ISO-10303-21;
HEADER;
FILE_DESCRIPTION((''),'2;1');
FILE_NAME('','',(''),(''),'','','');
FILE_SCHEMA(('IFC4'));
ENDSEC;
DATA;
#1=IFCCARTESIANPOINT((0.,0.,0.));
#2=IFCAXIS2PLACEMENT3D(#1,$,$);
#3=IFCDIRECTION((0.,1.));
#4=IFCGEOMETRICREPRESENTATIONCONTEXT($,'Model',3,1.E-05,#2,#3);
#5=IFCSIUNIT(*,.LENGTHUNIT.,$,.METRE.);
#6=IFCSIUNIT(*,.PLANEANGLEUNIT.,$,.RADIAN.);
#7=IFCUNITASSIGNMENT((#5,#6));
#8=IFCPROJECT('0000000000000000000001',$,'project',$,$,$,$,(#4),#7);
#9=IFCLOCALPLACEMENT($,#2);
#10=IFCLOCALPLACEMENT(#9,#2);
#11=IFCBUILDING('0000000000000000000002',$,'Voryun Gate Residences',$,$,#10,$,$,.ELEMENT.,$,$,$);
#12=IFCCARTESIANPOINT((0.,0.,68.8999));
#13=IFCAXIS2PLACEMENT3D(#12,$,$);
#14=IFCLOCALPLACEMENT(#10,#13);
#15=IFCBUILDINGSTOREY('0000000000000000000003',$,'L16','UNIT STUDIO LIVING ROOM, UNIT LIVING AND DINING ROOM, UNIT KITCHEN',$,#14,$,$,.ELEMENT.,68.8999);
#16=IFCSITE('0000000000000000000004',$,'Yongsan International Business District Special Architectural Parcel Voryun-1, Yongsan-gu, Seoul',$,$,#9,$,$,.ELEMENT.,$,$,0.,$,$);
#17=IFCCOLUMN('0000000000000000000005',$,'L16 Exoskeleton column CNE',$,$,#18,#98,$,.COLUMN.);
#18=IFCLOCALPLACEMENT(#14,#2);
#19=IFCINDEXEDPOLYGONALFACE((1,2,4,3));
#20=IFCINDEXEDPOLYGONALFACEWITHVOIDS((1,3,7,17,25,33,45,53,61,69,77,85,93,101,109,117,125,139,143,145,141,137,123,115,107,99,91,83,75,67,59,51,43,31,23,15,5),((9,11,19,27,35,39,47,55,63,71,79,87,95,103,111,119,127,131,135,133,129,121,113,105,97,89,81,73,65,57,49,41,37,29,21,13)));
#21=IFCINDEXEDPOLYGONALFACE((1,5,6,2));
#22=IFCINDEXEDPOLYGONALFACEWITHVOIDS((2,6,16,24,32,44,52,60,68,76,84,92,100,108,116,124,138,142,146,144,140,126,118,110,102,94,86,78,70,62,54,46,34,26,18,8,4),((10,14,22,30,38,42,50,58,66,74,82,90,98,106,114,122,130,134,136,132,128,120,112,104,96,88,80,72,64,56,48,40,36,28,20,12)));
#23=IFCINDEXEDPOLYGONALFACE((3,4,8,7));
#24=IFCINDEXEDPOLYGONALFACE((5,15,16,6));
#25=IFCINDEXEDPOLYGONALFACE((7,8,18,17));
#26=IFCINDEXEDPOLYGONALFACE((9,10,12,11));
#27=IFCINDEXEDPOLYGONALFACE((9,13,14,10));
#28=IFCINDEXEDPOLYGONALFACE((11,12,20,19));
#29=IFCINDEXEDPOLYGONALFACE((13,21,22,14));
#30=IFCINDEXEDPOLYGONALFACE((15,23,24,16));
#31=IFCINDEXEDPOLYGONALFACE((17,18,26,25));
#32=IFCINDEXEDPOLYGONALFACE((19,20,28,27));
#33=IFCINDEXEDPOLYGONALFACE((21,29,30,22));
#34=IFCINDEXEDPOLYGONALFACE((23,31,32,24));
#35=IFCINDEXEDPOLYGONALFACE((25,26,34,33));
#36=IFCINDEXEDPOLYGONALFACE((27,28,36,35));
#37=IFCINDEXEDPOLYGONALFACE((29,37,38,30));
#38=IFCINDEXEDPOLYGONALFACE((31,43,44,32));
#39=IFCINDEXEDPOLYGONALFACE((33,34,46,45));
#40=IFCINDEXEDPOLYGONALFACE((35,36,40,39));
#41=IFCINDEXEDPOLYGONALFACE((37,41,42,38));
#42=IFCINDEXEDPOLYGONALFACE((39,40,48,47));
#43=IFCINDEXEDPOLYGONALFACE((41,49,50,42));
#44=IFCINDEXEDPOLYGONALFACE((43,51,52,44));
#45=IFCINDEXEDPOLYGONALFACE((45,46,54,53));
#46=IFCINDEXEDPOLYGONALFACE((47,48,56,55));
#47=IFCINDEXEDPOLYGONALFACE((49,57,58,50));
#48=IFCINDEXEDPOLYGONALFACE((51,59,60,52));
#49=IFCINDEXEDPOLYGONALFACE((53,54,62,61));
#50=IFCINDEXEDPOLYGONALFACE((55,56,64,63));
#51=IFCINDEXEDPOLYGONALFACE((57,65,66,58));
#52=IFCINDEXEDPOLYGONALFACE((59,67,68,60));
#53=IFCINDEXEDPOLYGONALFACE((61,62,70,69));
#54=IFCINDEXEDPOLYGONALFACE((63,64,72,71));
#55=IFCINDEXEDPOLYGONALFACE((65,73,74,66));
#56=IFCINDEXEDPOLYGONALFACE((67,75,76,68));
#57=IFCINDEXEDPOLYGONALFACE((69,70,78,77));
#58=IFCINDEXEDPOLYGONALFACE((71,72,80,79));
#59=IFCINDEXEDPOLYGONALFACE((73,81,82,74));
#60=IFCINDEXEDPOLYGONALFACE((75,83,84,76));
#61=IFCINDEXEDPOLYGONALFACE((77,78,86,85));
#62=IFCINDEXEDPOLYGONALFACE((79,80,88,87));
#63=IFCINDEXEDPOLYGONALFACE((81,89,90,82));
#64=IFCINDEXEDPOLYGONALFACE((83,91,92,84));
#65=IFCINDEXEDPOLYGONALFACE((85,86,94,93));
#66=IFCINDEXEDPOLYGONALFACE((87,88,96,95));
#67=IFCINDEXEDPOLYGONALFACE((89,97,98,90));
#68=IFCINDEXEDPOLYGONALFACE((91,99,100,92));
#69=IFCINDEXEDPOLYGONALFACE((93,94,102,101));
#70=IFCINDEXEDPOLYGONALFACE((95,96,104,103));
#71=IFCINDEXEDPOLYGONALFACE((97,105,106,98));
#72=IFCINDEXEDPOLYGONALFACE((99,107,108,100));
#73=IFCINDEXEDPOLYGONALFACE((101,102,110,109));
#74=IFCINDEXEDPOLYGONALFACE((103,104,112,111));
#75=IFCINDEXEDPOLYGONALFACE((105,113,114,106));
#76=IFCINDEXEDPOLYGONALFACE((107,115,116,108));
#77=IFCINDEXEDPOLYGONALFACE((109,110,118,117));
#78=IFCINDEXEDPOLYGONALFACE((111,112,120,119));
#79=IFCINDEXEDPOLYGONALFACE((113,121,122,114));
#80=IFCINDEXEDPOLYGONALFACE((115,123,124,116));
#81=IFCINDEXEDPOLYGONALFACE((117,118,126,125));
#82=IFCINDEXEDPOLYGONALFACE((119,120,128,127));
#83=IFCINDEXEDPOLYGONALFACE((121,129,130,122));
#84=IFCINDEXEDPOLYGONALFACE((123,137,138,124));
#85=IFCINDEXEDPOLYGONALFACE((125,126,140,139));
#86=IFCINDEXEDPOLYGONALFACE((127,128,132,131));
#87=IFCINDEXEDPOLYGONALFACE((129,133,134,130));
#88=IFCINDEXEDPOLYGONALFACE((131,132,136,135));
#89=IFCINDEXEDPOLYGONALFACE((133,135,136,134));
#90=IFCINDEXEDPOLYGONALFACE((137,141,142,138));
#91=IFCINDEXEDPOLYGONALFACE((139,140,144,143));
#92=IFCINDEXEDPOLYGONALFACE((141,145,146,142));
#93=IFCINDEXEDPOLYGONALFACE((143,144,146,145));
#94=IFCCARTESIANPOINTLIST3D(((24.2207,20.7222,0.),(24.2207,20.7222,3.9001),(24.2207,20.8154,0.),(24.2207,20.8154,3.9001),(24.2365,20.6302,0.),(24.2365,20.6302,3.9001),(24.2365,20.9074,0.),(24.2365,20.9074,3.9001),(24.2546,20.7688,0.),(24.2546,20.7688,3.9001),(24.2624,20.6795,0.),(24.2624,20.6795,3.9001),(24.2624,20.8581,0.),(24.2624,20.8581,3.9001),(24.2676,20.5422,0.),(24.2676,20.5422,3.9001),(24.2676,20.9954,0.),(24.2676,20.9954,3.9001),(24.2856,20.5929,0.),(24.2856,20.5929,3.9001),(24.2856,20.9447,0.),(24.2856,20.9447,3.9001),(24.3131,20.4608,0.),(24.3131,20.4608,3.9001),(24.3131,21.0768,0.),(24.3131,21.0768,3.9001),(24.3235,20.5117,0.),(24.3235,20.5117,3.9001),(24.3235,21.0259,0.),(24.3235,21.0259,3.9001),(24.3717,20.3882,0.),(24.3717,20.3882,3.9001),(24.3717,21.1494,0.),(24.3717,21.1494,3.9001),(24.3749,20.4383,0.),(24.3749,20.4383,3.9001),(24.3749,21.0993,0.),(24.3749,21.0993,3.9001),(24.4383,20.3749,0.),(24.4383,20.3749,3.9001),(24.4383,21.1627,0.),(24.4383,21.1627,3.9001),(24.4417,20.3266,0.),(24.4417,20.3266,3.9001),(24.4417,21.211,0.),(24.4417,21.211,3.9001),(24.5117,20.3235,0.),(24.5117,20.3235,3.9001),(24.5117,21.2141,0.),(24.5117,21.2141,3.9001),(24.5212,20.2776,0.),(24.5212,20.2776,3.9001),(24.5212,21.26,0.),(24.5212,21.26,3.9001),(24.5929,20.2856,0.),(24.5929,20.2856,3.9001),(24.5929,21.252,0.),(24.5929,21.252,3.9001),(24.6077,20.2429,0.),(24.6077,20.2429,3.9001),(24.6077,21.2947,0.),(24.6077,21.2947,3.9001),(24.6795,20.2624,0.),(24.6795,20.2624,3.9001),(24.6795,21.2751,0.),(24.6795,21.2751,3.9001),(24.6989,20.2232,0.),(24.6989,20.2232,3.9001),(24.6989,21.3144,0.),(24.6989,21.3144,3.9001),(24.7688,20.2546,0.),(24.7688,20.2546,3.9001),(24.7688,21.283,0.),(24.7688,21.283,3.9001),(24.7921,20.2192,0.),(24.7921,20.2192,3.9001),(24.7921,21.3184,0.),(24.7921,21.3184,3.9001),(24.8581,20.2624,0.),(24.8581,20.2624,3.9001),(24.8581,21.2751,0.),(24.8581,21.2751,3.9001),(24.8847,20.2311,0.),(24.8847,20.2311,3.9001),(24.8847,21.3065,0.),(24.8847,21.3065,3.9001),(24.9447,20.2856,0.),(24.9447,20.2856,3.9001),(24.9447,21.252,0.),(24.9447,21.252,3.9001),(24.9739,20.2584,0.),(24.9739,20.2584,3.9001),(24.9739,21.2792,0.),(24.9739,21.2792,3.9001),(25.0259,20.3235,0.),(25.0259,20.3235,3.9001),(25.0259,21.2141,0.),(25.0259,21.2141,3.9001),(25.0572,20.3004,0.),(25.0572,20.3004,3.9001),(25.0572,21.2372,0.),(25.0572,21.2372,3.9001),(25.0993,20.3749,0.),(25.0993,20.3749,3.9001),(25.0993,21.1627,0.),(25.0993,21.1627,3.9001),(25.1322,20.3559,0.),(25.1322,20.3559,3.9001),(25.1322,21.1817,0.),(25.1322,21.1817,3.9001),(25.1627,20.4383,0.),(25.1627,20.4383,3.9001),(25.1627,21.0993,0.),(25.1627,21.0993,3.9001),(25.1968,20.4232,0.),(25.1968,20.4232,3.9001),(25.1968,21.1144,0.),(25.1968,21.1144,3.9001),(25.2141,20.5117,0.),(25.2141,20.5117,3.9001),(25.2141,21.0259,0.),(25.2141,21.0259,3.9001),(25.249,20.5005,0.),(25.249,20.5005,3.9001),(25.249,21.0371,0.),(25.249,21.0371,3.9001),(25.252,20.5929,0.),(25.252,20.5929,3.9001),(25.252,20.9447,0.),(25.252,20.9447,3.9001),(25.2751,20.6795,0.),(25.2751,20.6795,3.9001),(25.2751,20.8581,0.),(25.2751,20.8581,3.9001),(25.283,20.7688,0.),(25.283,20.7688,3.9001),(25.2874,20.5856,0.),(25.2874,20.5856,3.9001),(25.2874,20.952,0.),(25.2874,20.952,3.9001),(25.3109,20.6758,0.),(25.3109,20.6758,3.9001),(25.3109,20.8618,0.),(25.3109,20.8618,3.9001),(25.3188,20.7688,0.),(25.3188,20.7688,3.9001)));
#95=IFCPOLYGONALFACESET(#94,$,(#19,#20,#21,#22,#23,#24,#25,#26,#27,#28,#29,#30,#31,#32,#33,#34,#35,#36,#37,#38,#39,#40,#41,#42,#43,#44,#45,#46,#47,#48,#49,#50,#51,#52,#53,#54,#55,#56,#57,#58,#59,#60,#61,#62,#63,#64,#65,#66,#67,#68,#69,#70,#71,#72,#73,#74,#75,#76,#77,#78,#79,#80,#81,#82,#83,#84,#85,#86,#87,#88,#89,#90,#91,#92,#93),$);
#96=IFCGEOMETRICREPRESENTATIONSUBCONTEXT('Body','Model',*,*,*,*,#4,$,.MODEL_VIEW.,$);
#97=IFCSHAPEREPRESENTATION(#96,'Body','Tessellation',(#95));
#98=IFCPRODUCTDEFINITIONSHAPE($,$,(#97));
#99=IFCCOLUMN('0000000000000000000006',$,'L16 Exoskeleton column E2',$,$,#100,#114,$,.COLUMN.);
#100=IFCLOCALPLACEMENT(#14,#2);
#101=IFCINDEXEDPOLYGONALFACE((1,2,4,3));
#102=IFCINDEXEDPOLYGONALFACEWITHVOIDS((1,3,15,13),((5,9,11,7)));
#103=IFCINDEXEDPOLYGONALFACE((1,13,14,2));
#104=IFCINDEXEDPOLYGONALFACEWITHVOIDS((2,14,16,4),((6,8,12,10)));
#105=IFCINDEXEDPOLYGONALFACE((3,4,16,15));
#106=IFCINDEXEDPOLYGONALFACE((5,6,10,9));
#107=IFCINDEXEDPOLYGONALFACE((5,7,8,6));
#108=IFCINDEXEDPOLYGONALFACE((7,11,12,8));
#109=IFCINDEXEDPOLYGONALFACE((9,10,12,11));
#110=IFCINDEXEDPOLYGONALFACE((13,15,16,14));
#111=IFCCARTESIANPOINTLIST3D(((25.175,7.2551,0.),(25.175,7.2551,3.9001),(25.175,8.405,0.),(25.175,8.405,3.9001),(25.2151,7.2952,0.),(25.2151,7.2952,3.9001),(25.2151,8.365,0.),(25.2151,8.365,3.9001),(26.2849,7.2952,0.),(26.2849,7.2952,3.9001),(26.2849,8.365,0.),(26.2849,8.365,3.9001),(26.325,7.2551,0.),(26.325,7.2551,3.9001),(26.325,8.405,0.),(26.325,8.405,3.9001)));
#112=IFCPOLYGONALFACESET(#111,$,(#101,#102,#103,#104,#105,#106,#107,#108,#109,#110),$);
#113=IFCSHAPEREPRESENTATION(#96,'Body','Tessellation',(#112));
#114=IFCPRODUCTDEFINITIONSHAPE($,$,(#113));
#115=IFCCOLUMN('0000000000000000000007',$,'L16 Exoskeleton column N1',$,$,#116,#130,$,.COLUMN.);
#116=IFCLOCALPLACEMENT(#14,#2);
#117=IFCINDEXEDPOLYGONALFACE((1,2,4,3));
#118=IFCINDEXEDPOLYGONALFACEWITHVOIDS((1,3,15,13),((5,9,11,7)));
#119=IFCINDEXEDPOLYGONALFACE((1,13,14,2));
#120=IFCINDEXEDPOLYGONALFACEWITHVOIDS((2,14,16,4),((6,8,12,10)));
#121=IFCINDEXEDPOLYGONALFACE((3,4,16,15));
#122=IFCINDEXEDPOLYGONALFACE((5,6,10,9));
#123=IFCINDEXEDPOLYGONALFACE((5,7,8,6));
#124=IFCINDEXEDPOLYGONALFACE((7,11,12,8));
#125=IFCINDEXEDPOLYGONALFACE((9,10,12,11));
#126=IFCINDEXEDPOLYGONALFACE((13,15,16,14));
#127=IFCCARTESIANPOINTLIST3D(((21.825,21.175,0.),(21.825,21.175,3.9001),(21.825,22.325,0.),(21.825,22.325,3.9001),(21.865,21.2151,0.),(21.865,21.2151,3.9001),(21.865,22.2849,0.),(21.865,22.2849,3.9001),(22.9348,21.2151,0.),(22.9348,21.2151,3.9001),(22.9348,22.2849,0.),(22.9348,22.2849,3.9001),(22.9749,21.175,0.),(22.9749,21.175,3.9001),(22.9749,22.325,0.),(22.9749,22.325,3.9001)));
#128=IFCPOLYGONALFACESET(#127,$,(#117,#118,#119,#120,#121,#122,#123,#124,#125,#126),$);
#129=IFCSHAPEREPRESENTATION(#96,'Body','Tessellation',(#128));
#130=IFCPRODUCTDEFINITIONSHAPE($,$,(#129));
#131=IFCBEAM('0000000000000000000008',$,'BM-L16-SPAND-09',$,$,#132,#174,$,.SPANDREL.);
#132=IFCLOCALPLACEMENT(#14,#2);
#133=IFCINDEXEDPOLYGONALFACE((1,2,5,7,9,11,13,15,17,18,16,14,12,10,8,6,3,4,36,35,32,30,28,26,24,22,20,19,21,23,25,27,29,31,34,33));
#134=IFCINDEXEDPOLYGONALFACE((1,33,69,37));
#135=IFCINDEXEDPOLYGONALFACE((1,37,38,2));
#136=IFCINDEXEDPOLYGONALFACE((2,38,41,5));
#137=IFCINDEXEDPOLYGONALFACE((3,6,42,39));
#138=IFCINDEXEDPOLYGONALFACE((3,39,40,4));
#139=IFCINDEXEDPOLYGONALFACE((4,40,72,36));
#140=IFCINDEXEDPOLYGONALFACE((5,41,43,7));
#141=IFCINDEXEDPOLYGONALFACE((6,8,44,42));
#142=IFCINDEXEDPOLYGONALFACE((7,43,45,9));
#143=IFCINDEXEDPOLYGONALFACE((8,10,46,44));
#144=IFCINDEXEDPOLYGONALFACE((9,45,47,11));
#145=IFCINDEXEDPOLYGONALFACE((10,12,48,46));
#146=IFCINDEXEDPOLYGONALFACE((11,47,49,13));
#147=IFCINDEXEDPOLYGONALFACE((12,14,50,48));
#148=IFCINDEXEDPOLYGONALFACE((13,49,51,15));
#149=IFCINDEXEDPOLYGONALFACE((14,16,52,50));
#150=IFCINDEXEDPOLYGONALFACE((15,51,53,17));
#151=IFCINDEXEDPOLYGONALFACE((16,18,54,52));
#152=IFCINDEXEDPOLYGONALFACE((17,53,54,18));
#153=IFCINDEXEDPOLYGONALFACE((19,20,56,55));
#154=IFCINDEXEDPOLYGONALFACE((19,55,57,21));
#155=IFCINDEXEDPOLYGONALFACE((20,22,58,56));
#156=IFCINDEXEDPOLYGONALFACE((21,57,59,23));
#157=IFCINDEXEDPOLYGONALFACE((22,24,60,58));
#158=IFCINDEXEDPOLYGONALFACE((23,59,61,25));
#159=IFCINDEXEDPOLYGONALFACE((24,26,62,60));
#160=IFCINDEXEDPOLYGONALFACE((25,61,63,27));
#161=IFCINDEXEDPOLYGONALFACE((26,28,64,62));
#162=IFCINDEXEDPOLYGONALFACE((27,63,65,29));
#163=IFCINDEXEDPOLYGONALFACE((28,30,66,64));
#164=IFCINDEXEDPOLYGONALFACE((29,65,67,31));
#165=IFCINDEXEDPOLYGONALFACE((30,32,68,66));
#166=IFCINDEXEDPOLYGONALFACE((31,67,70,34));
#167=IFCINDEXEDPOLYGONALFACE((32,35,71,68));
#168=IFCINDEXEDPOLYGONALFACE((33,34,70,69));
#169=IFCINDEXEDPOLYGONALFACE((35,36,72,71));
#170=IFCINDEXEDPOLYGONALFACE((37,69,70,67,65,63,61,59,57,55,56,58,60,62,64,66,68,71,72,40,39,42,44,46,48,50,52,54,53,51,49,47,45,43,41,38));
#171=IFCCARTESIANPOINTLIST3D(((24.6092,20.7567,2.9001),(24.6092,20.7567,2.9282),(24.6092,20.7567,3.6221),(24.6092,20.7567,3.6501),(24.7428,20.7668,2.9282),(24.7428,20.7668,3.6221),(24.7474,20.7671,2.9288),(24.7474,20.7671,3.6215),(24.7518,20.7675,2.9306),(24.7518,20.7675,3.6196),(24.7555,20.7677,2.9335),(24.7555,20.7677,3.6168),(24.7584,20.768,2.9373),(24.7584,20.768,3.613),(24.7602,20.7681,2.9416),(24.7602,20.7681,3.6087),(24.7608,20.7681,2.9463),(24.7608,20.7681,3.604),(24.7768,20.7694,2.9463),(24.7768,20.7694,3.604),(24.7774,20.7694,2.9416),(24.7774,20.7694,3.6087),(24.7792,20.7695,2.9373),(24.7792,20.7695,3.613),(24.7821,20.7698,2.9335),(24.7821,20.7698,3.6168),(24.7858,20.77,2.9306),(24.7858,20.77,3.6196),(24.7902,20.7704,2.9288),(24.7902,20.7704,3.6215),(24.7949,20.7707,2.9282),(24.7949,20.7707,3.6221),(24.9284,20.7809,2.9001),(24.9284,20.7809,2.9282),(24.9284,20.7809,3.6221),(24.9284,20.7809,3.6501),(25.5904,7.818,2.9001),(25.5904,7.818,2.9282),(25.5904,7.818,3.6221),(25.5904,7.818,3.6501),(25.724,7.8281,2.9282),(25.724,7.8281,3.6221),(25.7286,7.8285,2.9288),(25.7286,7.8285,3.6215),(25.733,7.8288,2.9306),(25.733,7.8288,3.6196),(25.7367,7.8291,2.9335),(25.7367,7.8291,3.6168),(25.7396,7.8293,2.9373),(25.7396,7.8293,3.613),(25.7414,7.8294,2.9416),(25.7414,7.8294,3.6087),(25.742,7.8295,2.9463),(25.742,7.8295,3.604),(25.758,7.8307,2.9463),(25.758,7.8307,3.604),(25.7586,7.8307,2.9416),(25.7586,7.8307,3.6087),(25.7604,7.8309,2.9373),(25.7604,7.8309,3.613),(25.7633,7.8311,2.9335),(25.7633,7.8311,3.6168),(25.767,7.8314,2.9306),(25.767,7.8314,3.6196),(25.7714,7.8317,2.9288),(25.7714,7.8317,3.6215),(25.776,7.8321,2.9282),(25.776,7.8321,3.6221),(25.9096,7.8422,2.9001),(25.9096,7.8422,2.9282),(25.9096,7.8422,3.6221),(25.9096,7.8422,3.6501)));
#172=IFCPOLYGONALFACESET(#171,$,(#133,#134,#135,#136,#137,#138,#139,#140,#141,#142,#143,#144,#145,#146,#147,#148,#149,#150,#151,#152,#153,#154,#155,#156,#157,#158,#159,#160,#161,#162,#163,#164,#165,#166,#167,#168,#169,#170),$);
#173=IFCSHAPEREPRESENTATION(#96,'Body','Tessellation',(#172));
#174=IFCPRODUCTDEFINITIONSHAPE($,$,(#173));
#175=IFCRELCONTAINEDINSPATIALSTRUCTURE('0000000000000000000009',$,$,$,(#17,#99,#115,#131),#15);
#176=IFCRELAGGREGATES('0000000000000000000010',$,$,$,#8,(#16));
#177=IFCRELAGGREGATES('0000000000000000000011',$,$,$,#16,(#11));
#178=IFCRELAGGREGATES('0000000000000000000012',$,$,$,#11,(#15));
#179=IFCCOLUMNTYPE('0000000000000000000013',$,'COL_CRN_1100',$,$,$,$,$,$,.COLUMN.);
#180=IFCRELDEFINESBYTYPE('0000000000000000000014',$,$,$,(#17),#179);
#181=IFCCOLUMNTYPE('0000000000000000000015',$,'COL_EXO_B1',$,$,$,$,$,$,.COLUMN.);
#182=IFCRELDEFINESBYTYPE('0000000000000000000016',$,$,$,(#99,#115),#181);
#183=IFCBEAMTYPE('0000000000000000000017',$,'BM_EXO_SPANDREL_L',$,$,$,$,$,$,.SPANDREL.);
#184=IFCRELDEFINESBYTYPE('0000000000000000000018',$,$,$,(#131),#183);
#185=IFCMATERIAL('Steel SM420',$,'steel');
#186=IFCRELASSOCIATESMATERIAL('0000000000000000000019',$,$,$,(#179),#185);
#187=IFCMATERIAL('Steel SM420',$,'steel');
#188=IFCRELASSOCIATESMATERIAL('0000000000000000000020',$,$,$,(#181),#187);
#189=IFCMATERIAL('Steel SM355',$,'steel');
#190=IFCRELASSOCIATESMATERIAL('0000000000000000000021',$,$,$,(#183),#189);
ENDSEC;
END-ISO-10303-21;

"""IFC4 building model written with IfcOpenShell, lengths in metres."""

from ifc_helpers import new_model, si_unit, direction, frame, origin, origin_2d, place, context, subcontext, project, spatial, hollow_rectangle, hollow_circle, i_section, extrude, material, material_profile, profile_set, type_object, element, save


model = new_model("IFC4")

# Units and contexts
model_context = context("Model", 3, precision=1e-05, world=origin(), true_north=direction((0.0, 1.0)))
body_context = subcontext(model_context, "Body", "Model", "MODEL_VIEW")
ifc_project = project(units=[si_unit("LENGTHUNIT", "METRE"), si_unit("PLANEANGLEUNIT", "RADIAN")], contexts=[model_context])

# Site, building, storey
site_placement = place(None, origin())
site = spatial("IfcSite", under=ifc_project, at=site_placement, Name="Yongsan International Business District Special Architectural Parcel Voryun-1, Yongsan-gu, Seoul", CompositionType="ELEMENT", RefElevation=0.0)
building_placement = place(site_placement, origin())
building = spatial("IfcBuilding", under=site, at=building_placement, Name="Voryun Gate Residences", CompositionType="ELEMENT")
storey_placement = place(building_placement, frame((0.0, 0.0, 68.8999)))
storey = spatial("IfcBuildingStorey", under=building, at=storey_placement, Name="L16", Description="UNIT STUDIO LIVING ROOM, UNIT LIVING AND DINING ROOM, UNIT KITCHEN", CompositionType="ELEMENT", Elevation=68.8999)

# Columns
ifc_material_1 = material(Name="Steel SM420", Category="steel")
ifc_material_profile_1 = material_profile(ifc_material_1, hollow_circle(Radius=0.55, WallThickness=0.0359, at=origin_2d()), Name="CHS-1100x36")
ifc_profile_set_1 = profile_set([ifc_material_profile_1], Name="Steel SM420")
column_type_1 = type_object("IfcColumnType", Name="COL_CRN_1100", PredefinedType="COLUMN", material=ifc_profile_set_1)
column_placement = place(storey_placement, frame((24.7688, 20.7688, 0.0), z_axis=(0.0, 0.0, 1.0), x_axis=(1.0, 0.0, 0.0)))
element("IfcColumn", 1, at=column_placement, inside=storey, type_object=column_type_1, Name="L16 Exoskeleton column CNE", PredefinedType="COLUMN", context=body_context, shape_type="SweptSolid", body=[
    extrude(hollow_circle(Radius=0.55, WallThickness=0.0359, at=origin_2d()), origin(), (0.0, 0.0, 1.0), 3.9001),
])
ifc_material_2 = material(Name="Steel SM420", Category="steel")
ifc_material_profile_2 = material_profile(ifc_material_2, hollow_rectangle(XDim=1.1499, YDim=1.1499, WallThickness=0.04, at=origin_2d()), Name="BOX-1150x1150x40")
ifc_profile_set_2 = profile_set([ifc_material_profile_2], Name="Steel SM420")
column_type_2 = type_object("IfcColumnType", Name="COL_EXO_B1", PredefinedType="COLUMN", material=ifc_profile_set_2)
for number, where, z_axis, x_axis, name in (
    (2, (25.75, 7.8301, 0.0), (0.0, 0.0, 1.0), (1.0, 0.0, 0.0), "L16 Exoskeleton column E2"),
    (3, (22.3999, 21.75, 0.0), (0.0, 0.0, 1.0), (1.0, 0.0, 0.0), "L16 Exoskeleton column N1"),
):
    element("IfcColumn", number, at=place(storey_placement, frame(where, z_axis=z_axis, x_axis=x_axis)), inside=storey, type_object=column_type_2, Name=name, PredefinedType="COLUMN", context=body_context, shape_type="SweptSolid", body=[
        extrude(hollow_rectangle(XDim=1.1499, YDim=1.1499, WallThickness=0.04, at=origin_2d()), origin(), (0.0, 0.0, 1.0), 3.9001),
    ])

# Beam
ifc_material_3 = material(Name="Steel SM355", Category="steel")
ifc_material_profile_3 = material_profile(ifc_material_3, i_section(OverallWidth=0.3201, OverallDepth=0.75, WebThickness=0.0161, FlangeThickness=0.0281, FilletRadius=0.0181, at=origin_2d()), Name="H-750x320x16x28")
ifc_profile_set_3 = profile_set([ifc_material_profile_3], Name="Steel SM355")
beam_type_1 = type_object("IfcBeamType", Name="BM_EXO_SPANDREL_L", PredefinedType="SPANDREL", material=ifc_profile_set_3)
beam_1_placement = place(storey_placement, frame((25.75, 7.8301, 3.2751), z_axis=(-0.075617, 0.997137, 0.0), x_axis=(-0.997137, -0.075617, 0.0)))
element("IfcBeam", 4, at=beam_1_placement, inside=storey, type_object=beam_type_1, Name="BM-L16-SPAND-09", PredefinedType="SPANDREL", context=body_context, shape_type="SweptSolid", body=[
    extrude(i_section(OverallWidth=0.3201, OverallDepth=0.75, WebThickness=0.0161, FlangeThickness=0.0281, FilletRadius=0.0181, at=origin_2d()), origin(), (0.0, 0.0, 1.0), 12.9758),
])

save(model, "model.ifc")
